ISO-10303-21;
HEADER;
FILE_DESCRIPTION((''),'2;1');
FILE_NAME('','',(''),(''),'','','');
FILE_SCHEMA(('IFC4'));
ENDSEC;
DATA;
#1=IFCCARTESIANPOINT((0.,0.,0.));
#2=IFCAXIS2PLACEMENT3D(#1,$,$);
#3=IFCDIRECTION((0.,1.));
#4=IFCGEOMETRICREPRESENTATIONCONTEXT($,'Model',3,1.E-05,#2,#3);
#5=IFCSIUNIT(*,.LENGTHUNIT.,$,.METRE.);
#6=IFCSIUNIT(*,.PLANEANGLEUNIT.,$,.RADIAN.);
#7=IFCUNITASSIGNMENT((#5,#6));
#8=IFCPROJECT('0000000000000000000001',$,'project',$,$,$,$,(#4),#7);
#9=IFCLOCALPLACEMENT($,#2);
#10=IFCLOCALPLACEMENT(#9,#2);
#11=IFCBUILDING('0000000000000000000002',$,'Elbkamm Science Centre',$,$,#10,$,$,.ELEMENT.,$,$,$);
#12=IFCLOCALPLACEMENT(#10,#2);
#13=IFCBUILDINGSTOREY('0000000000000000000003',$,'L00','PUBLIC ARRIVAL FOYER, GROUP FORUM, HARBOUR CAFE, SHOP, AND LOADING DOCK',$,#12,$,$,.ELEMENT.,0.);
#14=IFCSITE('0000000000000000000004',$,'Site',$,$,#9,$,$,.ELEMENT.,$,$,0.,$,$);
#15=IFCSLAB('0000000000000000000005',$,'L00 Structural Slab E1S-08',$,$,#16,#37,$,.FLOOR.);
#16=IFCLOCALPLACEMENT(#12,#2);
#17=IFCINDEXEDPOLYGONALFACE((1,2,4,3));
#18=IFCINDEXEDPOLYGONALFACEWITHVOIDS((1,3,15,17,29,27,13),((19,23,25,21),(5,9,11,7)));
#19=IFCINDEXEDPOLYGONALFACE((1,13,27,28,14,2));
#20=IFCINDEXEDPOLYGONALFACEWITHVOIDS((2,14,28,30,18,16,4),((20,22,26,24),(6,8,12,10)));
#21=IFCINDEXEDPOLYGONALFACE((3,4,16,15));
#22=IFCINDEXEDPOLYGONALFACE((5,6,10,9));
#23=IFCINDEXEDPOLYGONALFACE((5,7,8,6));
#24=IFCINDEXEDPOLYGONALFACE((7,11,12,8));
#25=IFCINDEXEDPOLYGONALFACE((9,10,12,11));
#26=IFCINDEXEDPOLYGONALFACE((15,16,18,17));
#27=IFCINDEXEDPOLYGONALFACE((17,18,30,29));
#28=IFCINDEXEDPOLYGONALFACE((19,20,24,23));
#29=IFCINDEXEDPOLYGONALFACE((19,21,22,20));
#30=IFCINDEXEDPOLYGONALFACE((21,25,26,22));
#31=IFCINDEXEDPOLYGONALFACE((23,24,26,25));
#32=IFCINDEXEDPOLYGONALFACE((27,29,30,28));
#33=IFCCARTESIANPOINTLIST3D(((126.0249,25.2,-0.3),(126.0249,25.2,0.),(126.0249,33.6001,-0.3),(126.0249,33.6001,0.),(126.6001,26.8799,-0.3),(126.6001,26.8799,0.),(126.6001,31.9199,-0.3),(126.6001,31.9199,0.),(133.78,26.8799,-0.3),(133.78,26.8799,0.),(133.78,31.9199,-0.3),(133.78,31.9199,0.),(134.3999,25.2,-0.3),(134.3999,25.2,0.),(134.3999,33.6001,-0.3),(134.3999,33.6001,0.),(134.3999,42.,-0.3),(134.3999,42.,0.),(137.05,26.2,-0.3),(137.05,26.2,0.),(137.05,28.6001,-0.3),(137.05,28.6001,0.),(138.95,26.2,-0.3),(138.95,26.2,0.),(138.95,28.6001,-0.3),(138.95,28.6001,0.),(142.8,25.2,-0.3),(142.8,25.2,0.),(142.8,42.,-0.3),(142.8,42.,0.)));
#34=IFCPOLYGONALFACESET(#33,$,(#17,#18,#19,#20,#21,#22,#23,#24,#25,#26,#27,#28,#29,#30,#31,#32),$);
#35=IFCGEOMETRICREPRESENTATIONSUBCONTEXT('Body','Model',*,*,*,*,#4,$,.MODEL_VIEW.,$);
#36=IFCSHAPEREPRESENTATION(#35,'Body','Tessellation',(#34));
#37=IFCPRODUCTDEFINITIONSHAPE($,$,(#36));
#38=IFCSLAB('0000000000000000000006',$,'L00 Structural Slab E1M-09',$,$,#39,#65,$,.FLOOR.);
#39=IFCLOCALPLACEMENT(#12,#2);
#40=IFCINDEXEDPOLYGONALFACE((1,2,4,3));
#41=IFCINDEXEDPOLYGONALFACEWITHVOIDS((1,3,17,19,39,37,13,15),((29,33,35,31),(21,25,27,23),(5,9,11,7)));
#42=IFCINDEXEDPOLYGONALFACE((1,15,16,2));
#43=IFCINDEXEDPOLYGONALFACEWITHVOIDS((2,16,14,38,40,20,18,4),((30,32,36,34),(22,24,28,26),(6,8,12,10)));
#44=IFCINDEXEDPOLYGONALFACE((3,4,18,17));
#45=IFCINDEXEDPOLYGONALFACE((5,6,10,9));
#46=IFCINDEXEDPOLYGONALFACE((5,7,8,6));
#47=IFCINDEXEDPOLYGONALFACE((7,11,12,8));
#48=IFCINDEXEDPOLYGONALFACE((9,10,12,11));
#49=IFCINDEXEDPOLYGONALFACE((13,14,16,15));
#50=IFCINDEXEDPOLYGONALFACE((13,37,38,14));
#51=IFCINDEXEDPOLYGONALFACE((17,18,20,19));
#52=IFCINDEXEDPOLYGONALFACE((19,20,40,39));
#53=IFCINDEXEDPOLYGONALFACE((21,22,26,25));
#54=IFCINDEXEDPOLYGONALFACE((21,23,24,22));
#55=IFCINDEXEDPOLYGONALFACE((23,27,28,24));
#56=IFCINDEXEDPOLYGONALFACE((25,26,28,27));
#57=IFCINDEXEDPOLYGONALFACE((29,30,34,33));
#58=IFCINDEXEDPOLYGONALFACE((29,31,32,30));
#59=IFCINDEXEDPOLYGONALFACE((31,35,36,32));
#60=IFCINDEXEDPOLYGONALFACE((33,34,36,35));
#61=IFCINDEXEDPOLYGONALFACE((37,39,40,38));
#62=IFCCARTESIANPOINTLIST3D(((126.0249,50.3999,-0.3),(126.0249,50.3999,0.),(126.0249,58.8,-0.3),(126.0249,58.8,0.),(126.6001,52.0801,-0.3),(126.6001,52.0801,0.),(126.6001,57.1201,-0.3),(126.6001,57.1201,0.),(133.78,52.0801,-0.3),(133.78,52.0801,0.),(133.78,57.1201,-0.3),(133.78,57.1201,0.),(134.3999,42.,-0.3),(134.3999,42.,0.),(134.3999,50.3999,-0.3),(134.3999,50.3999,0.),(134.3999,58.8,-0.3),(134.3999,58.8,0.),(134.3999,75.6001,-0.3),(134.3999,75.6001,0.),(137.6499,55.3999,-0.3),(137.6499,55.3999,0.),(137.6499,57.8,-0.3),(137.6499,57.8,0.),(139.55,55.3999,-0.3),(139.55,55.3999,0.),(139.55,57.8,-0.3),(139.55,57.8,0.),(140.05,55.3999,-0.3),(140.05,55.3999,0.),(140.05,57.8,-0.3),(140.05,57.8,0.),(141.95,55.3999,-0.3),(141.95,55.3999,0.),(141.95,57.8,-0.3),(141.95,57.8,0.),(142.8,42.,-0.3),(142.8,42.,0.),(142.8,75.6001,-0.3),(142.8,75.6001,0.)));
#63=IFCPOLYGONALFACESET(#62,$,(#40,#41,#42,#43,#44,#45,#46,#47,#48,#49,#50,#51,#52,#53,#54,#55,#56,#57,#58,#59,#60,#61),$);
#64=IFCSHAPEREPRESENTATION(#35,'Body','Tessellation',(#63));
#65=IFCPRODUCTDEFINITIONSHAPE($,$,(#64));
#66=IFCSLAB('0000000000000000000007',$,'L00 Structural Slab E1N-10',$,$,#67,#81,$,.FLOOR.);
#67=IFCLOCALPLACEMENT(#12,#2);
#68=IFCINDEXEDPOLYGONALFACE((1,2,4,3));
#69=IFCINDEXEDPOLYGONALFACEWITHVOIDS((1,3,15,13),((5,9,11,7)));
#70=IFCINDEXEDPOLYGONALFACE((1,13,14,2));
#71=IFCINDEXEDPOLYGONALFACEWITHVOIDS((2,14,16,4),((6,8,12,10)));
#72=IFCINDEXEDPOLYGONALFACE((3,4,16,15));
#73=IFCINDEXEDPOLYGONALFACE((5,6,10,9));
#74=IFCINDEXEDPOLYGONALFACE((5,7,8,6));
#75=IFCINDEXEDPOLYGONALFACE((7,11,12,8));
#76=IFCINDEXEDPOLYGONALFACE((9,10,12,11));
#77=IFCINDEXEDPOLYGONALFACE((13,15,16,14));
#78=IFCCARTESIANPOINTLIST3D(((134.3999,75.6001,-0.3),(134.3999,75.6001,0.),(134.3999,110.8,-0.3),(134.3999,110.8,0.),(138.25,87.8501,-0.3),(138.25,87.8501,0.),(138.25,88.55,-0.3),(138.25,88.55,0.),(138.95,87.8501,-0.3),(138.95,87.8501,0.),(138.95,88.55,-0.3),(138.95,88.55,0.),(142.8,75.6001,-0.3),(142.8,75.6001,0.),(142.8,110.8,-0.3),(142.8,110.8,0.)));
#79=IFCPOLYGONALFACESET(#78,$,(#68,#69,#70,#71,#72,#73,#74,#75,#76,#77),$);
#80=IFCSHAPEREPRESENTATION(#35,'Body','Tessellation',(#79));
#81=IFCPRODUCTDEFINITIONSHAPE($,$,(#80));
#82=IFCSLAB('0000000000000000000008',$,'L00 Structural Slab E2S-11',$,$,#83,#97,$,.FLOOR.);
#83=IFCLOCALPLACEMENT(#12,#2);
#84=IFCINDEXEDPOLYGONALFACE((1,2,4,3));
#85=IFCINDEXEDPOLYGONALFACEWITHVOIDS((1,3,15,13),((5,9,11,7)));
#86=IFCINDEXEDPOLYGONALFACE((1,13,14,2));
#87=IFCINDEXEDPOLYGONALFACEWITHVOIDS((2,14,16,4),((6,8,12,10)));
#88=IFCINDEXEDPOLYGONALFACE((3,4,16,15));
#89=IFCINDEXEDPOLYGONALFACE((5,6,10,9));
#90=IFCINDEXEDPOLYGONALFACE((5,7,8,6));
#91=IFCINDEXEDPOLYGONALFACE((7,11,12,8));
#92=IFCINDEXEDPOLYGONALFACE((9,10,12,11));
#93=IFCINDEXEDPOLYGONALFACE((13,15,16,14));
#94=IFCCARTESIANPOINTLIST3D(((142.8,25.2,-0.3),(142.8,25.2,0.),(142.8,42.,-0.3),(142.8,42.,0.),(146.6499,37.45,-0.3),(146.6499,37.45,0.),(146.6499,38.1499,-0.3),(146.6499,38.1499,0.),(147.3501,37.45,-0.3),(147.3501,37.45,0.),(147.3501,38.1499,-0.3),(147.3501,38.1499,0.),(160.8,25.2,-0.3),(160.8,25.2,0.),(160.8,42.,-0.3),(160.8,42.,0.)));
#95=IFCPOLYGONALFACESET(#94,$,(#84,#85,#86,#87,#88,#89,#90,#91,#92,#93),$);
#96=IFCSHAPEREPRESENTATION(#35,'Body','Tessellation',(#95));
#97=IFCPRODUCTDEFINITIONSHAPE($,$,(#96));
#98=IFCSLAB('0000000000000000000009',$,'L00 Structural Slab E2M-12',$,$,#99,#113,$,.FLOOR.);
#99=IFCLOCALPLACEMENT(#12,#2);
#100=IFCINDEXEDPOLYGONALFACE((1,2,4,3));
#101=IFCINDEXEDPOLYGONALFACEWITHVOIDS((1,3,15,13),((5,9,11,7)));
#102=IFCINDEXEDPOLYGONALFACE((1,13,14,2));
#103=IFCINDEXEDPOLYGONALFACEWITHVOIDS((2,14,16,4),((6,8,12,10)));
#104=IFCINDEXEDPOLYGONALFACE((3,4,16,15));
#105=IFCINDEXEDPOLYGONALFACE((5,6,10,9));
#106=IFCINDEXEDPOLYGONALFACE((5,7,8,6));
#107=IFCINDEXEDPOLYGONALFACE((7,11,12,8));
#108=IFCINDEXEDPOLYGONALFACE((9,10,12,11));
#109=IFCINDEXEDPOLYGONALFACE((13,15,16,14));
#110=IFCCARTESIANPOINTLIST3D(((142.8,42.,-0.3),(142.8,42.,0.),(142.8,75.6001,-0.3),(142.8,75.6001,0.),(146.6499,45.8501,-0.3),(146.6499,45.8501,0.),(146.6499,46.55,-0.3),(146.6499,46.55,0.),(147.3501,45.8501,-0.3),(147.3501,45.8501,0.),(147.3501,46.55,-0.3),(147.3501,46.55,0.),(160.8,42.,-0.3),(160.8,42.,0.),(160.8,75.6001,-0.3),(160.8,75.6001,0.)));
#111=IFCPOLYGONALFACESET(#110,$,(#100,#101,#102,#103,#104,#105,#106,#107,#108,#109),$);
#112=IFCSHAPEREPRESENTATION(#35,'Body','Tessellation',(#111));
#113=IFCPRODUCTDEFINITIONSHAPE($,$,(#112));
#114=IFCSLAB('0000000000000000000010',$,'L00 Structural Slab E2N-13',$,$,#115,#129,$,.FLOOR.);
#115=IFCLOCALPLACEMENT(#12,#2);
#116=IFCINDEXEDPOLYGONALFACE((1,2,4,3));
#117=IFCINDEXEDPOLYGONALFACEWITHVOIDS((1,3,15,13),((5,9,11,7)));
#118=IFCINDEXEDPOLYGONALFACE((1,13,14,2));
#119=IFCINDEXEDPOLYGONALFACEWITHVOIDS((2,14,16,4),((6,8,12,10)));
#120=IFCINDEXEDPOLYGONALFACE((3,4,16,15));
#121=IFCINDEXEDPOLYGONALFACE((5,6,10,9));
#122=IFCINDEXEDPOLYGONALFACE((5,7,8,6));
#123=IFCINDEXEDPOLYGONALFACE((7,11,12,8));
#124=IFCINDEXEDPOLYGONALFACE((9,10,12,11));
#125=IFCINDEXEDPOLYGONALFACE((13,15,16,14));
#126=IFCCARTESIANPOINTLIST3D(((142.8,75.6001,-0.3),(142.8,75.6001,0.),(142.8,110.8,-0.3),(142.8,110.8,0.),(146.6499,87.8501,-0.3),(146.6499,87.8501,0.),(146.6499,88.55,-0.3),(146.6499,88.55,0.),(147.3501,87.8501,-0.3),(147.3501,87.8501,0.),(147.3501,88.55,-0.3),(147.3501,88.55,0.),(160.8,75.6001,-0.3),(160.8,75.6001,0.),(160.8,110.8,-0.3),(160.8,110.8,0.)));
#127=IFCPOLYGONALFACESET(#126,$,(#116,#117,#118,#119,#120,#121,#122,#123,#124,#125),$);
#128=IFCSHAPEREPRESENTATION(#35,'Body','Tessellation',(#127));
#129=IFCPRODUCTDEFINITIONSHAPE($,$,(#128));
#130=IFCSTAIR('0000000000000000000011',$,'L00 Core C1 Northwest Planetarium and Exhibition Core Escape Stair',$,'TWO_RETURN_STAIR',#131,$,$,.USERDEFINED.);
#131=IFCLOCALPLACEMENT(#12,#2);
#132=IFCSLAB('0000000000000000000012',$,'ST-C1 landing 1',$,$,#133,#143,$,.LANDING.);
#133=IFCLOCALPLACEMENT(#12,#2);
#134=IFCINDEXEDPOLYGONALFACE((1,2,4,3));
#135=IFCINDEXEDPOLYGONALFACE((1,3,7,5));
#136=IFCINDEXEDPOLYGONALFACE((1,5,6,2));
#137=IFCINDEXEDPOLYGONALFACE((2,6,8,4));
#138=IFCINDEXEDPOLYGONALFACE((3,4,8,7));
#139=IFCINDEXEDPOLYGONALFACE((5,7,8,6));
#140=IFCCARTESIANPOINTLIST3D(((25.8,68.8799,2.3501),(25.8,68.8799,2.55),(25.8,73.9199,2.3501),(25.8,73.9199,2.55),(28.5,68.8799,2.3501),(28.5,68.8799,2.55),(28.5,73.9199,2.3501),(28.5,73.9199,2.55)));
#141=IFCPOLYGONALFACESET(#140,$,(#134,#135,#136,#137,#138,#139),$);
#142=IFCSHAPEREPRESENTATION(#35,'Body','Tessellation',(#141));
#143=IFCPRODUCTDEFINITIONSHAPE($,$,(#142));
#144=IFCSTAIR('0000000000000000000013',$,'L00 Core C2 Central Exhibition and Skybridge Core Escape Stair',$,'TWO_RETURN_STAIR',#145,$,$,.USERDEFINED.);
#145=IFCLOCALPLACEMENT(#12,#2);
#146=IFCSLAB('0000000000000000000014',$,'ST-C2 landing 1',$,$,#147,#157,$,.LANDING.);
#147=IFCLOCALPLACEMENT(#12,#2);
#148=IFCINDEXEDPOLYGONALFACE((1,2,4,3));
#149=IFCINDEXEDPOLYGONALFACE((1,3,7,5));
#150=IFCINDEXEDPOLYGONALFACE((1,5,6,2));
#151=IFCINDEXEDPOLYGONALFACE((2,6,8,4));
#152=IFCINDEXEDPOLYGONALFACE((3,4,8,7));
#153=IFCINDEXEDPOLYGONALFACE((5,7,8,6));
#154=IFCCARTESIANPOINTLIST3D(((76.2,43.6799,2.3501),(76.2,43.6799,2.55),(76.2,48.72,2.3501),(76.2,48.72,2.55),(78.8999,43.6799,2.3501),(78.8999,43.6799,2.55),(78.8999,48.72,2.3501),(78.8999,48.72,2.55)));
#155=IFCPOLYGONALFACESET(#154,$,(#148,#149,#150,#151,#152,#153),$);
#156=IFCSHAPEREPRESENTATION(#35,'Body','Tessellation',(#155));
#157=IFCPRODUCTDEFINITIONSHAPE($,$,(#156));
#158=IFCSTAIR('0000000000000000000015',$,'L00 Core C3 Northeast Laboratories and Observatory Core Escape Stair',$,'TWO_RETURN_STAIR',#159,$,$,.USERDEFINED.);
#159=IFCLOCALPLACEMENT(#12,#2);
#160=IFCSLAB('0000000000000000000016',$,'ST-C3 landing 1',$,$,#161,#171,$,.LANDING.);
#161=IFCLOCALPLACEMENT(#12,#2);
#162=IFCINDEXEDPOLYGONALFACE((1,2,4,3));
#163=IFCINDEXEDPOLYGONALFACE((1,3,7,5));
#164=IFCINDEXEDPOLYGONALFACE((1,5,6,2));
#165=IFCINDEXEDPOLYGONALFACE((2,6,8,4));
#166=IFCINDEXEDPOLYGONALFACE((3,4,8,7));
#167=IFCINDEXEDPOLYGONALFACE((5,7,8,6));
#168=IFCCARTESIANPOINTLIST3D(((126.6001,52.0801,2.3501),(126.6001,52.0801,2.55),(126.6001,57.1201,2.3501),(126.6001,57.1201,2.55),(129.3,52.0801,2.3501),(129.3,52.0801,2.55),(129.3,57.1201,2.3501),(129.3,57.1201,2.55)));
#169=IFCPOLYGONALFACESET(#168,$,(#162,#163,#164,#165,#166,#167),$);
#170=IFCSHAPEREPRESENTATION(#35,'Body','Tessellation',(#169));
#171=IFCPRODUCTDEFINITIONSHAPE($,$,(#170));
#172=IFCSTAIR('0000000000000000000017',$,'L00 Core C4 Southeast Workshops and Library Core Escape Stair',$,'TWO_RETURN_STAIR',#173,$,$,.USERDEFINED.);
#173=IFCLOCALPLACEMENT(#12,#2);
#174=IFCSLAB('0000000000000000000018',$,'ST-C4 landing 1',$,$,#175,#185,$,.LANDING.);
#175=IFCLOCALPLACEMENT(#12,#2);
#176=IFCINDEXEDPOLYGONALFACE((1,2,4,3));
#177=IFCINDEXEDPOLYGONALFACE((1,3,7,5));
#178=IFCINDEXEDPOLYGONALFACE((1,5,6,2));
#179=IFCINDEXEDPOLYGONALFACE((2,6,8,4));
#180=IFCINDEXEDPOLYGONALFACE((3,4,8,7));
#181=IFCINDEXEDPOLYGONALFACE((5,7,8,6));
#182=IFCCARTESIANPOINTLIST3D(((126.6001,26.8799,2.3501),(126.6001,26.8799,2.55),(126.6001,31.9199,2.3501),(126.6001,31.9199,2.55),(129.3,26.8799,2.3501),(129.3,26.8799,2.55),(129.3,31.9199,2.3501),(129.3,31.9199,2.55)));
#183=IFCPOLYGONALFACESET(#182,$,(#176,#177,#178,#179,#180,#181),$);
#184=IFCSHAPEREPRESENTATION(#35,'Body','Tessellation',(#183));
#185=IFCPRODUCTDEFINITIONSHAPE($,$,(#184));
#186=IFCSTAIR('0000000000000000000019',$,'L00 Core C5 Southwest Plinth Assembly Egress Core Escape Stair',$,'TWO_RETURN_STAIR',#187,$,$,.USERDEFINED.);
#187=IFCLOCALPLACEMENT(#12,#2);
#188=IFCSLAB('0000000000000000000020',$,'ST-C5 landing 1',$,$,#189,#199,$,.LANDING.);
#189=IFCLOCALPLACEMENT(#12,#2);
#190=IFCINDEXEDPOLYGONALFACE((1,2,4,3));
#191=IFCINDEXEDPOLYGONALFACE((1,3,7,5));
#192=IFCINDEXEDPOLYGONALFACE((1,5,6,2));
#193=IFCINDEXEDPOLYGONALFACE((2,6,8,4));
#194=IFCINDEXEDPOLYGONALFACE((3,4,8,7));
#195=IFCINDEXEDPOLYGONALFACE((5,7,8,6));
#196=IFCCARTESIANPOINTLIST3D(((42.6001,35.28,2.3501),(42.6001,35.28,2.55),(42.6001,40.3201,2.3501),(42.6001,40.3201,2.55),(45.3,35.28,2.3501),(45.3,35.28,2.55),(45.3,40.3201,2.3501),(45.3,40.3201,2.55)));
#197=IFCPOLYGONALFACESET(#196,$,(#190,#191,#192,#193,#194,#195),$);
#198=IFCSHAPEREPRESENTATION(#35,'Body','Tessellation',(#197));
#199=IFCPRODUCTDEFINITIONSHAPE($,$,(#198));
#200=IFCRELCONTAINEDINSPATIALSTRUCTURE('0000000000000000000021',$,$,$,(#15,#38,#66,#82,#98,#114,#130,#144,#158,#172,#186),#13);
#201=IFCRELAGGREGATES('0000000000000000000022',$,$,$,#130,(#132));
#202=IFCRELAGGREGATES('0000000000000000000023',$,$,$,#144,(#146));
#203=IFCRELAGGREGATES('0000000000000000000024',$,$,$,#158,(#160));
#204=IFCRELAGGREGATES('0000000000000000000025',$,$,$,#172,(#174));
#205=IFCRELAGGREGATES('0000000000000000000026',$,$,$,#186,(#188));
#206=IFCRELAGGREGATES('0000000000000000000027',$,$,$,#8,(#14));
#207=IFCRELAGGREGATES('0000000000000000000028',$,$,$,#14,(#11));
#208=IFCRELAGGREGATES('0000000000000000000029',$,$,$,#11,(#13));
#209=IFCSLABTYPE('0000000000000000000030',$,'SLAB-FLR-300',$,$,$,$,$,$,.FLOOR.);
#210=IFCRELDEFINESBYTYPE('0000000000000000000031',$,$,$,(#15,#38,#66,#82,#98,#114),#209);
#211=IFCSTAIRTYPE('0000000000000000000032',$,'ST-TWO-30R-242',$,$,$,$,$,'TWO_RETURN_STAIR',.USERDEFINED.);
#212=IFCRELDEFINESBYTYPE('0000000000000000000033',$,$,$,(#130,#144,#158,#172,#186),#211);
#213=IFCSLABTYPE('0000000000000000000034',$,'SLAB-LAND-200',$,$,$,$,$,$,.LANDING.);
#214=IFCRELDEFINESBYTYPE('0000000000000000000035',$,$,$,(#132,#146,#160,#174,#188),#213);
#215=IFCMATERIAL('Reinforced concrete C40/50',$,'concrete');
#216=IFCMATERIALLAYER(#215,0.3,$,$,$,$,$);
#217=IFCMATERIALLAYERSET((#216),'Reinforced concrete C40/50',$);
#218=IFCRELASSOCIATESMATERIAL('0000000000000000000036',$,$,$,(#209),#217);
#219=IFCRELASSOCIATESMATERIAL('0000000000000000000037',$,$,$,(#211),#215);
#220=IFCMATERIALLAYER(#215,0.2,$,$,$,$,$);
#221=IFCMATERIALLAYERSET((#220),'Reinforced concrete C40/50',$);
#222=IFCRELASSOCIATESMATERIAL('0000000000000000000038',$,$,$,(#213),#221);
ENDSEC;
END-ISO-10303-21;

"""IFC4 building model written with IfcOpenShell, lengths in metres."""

from ifc_helpers import new_model, si_unit, direction, frame, origin, place, context, subcontext, project, spatial, polyline, outline, extrude, material, layer, layer_set, type_object, element, aggregate, save


model = new_model("IFC4")

# Units and contexts
model_context = context("Model", 3, precision=1e-05, world=origin(), true_north=direction((0.0, 1.0)))
body_context = subcontext(model_context, "Body", "Model", "MODEL_VIEW")
ifc_project = project(units=[si_unit("LENGTHUNIT", "METRE"), si_unit("PLANEANGLEUNIT", "RADIAN")], contexts=[model_context])

# Site, building, storey
site_placement = place(None, origin())
site = spatial("IfcSite", under=ifc_project, at=site_placement, Name="Site", CompositionType="ELEMENT", RefElevation=0.0)
building_placement = place(site_placement, origin())
building = spatial("IfcBuilding", under=site, at=building_placement, Name="Elbkamm Science Centre", CompositionType="ELEMENT")
storey_placement = place(building_placement, origin())
storey = spatial("IfcBuildingStorey", under=building, at=storey_placement, Name="L00", Description="PUBLIC ARRIVAL FOYER, GROUP FORUM, HARBOUR CAFE, SHOP, AND LOADING DOCK", CompositionType="ELEMENT", Elevation=0.0)

# Slabs
ifc_material_1 = material(Name="Reinforced concrete C40/50", Category="concrete")
ifc_layer_1 = layer(ifc_material_1, 0.3)
ifc_layer_set_1 = layer_set([ifc_layer_1], Name="Reinforced concrete C40/50")
slab_type_1 = type_object("IfcSlabType", Name="SLAB-FLR-300", PredefinedType="FLOOR", material=ifc_layer_set_1)
slab_1_placement = place(storey_placement, frame((0.0, 0.0, -0.3)))
element("IfcSlab", 1, at=slab_1_placement, inside=storey, type_object=slab_type_1, Name="L00 Structural Slab E1S-08", PredefinedType="FLOOR", context=body_context, shape_type="SweptSolid", body=[
    extrude(outline(polyline([(134.3999, 25.2), (126.0249, 25.2), (126.0249, 33.6001), (134.3999, 33.6001), (134.3999, 42.0), (142.8, 42.0), (142.8, 25.2), (134.3999, 25.2)]), holes=[polyline([(126.6001, 26.8799), (133.78, 26.8799), (133.78, 31.9199), (126.6001, 31.9199), (126.6001, 26.8799)]), polyline([(137.05, 26.2), (138.95, 26.2), (138.95, 28.6001), (137.05, 28.6001), (137.05, 26.2)])]), origin(), (0.0, 0.0, 1.0), 0.3),
])
slab_2_placement = place(storey_placement, frame((0.0, 0.0, -0.3)))
element("IfcSlab", 2, at=slab_2_placement, inside=storey, type_object=slab_type_1, Name="L00 Structural Slab E1M-09", PredefinedType="FLOOR", context=body_context, shape_type="SweptSolid", body=[
    extrude(outline(polyline([(134.3999, 75.6001), (142.8, 75.6001), (142.8, 42.0), (134.3999, 42.0), (134.3999, 50.3999), (126.0249, 50.3999), (126.0249, 58.8), (134.3999, 58.8), (134.3999, 75.6001)]), holes=[polyline([(126.6001, 57.1201), (126.6001, 52.0801), (133.78, 52.0801), (133.78, 57.1201), (126.6001, 57.1201)]), polyline([(137.6499, 57.8), (137.6499, 55.3999), (139.55, 55.3999), (139.55, 57.8), (137.6499, 57.8)]), polyline([(141.95, 57.8), (140.05, 57.8), (140.05, 55.3999), (141.95, 55.3999), (141.95, 57.8)])]), origin(), (0.0, 0.0, 1.0), 0.3),
])
slab_3_placement = place(storey_placement, frame((0.0, 0.0, -0.3)))
element("IfcSlab", 3, at=slab_3_placement, inside=storey, type_object=slab_type_1, Name="L00 Structural Slab E1N-10", PredefinedType="FLOOR", context=body_context, shape_type="SweptSolid", body=[
    extrude(outline(polyline([(142.8, 110.8), (142.8, 75.6001), (134.3999, 75.6001), (134.3999, 110.8), (142.8, 110.8)]), holes=[polyline([(138.95, 88.55), (138.25, 88.55), (138.25, 87.8501), (138.95, 87.8501), (138.95, 88.55)])]), origin(), (0.0, 0.0, 1.0), 0.3),
])
slab_4_placement = place(storey_placement, frame((0.0, 0.0, -0.3)))
element("IfcSlab", 4, at=slab_4_placement, inside=storey, type_object=slab_type_1, Name="L00 Structural Slab E2S-11", PredefinedType="FLOOR", context=body_context, shape_type="SweptSolid", body=[
    extrude(outline(polyline([(142.8, 25.2), (142.8, 42.0), (160.8, 42.0), (160.8, 25.2), (142.8, 25.2)]), holes=[polyline([(147.3501, 38.1499), (146.6499, 38.1499), (146.6499, 37.45), (147.3501, 37.45), (147.3501, 38.1499)])]), origin(), (0.0, 0.0, 1.0), 0.3),
])
slab_5_placement = place(storey_placement, frame((0.0, 0.0, -0.3)))
element("IfcSlab", 5, at=slab_5_placement, inside=storey, type_object=slab_type_1, Name="L00 Structural Slab E2M-12", PredefinedType="FLOOR", context=body_context, shape_type="SweptSolid", body=[
    extrude(outline(polyline([(142.8, 42.0), (142.8, 75.6001), (160.8, 75.6001), (160.8, 42.0), (142.8, 42.0)]), holes=[polyline([(147.3501, 46.55), (146.6499, 46.55), (146.6499, 45.8501), (147.3501, 45.8501), (147.3501, 46.55)])]), origin(), (0.0, 0.0, 1.0), 0.3),
])
slab_6_placement = place(storey_placement, frame((0.0, 0.0, -0.3)))
element("IfcSlab", 6, at=slab_6_placement, inside=storey, type_object=slab_type_1, Name="L00 Structural Slab E2N-13", PredefinedType="FLOOR", context=body_context, shape_type="SweptSolid", body=[
    extrude(outline(polyline([(160.8, 75.6001), (142.8, 75.6001), (142.8, 110.8), (160.8, 110.8), (160.8, 75.6001)]), holes=[polyline([(147.3501, 88.55), (146.6499, 88.55), (146.6499, 87.8501), (147.3501, 87.8501), (147.3501, 88.55)])]), origin(), (0.0, 0.0, 1.0), 0.3),
])

# Stairs, slabs
stair_type_1 = type_object("IfcStairType", Name="ST-TWO-30R-242", ElementType="TWO_RETURN_STAIR", PredefinedType="USERDEFINED", material=ifc_material_1)
stair_1_placement = place(storey_placement, origin())
stair_1 = element("IfcStair", 7, at=stair_1_placement, inside=storey, type_object=stair_type_1, Name="L00 Core C1 Northwest Planetarium and Exhibition Core Escape Stair", ObjectType="TWO_RETURN_STAIR", PredefinedType="USERDEFINED")
ifc_layer_2 = layer(ifc_material_1, 0.2)
ifc_layer_set_2 = layer_set([ifc_layer_2], Name="Reinforced concrete C40/50")
slab_type_2 = type_object("IfcSlabType", Name="SLAB-LAND-200", PredefinedType="LANDING", material=ifc_layer_set_2)
slab_7_placement = place(storey_placement, frame((0.0, 0.0, 2.3501)))
slab_7 = element("IfcSlab", 8, at=slab_7_placement, type_object=slab_type_2, Name="ST-C1 landing 1", PredefinedType="LANDING", context=body_context, shape_type="SweptSolid", body=[
    extrude(outline(polyline([(28.5, 73.9199), (25.8, 73.9199), (25.8, 68.8799), (28.5, 68.8799), (28.5, 73.9199)])), origin(), (0.0, 0.0, 1.0), 0.2),
])
aggregate(stair_1, [slab_7])
stair_2_placement = place(storey_placement, origin())
stair_2 = element("IfcStair", 9, at=stair_2_placement, inside=storey, type_object=stair_type_1, Name="L00 Core C2 Central Exhibition and Skybridge Core Escape Stair", ObjectType="TWO_RETURN_STAIR", PredefinedType="USERDEFINED")
slab_8_placement = place(storey_placement, frame((0.0, 0.0, 2.3501)))
slab_8 = element("IfcSlab", 10, at=slab_8_placement, type_object=slab_type_2, Name="ST-C2 landing 1", PredefinedType="LANDING", context=body_context, shape_type="SweptSolid", body=[
    extrude(outline(polyline([(78.8999, 48.72), (76.2, 48.72), (76.2, 43.6799), (78.8999, 43.6799), (78.8999, 48.72)])), origin(), (0.0, 0.0, 1.0), 0.2),
])
aggregate(stair_2, [slab_8])
stair_3_placement = place(storey_placement, origin())
stair_3 = element("IfcStair", 11, at=stair_3_placement, inside=storey, type_object=stair_type_1, Name="L00 Core C3 Northeast Laboratories and Observatory Core Escape Stair", ObjectType="TWO_RETURN_STAIR", PredefinedType="USERDEFINED")
slab_9_placement = place(storey_placement, frame((0.0, 0.0, 2.3501)))
slab_9 = element("IfcSlab", 12, at=slab_9_placement, type_object=slab_type_2, Name="ST-C3 landing 1", PredefinedType="LANDING", context=body_context, shape_type="SweptSolid", body=[
    extrude(outline(polyline([(129.3, 57.1201), (126.6001, 57.1201), (126.6001, 52.0801), (129.3, 52.0801), (129.3, 57.1201)])), origin(), (0.0, 0.0, 1.0), 0.2),
])
aggregate(stair_3, [slab_9])
stair_4_placement = place(storey_placement, origin())
stair_4 = element("IfcStair", 13, at=stair_4_placement, inside=storey, type_object=stair_type_1, Name="L00 Core C4 Southeast Workshops and Library Core Escape Stair", ObjectType="TWO_RETURN_STAIR", PredefinedType="USERDEFINED")
slab_10_placement = place(storey_placement, frame((0.0, 0.0, 2.3501)))
slab_10 = element("IfcSlab", 14, at=slab_10_placement, type_object=slab_type_2, Name="ST-C4 landing 1", PredefinedType="LANDING", context=body_context, shape_type="SweptSolid", body=[
    extrude(outline(polyline([(129.3, 31.9199), (126.6001, 31.9199), (126.6001, 26.8799), (129.3, 26.8799), (129.3, 31.9199)])), origin(), (0.0, 0.0, 1.0), 0.2),
])
aggregate(stair_4, [slab_10])
stair_5_placement = place(storey_placement, origin())
stair_5 = element("IfcStair", 15, at=stair_5_placement, inside=storey, type_object=stair_type_1, Name="L00 Core C5 Southwest Plinth Assembly Egress Core Escape Stair", ObjectType="TWO_RETURN_STAIR", PredefinedType="USERDEFINED")
slab_11_placement = place(storey_placement, frame((0.0, 0.0, 2.3501)))
slab_11 = element("IfcSlab", 16, at=slab_11_placement, type_object=slab_type_2, Name="ST-C5 landing 1", PredefinedType="LANDING", context=body_context, shape_type="SweptSolid", body=[
    extrude(outline(polyline([(45.3, 40.3201), (42.6001, 40.3201), (42.6001, 35.28), (45.3, 35.28), (45.3, 40.3201)])), origin(), (0.0, 0.0, 1.0), 0.2),
])
aggregate(stair_5, [slab_11])

save(model, "model.ifc")
